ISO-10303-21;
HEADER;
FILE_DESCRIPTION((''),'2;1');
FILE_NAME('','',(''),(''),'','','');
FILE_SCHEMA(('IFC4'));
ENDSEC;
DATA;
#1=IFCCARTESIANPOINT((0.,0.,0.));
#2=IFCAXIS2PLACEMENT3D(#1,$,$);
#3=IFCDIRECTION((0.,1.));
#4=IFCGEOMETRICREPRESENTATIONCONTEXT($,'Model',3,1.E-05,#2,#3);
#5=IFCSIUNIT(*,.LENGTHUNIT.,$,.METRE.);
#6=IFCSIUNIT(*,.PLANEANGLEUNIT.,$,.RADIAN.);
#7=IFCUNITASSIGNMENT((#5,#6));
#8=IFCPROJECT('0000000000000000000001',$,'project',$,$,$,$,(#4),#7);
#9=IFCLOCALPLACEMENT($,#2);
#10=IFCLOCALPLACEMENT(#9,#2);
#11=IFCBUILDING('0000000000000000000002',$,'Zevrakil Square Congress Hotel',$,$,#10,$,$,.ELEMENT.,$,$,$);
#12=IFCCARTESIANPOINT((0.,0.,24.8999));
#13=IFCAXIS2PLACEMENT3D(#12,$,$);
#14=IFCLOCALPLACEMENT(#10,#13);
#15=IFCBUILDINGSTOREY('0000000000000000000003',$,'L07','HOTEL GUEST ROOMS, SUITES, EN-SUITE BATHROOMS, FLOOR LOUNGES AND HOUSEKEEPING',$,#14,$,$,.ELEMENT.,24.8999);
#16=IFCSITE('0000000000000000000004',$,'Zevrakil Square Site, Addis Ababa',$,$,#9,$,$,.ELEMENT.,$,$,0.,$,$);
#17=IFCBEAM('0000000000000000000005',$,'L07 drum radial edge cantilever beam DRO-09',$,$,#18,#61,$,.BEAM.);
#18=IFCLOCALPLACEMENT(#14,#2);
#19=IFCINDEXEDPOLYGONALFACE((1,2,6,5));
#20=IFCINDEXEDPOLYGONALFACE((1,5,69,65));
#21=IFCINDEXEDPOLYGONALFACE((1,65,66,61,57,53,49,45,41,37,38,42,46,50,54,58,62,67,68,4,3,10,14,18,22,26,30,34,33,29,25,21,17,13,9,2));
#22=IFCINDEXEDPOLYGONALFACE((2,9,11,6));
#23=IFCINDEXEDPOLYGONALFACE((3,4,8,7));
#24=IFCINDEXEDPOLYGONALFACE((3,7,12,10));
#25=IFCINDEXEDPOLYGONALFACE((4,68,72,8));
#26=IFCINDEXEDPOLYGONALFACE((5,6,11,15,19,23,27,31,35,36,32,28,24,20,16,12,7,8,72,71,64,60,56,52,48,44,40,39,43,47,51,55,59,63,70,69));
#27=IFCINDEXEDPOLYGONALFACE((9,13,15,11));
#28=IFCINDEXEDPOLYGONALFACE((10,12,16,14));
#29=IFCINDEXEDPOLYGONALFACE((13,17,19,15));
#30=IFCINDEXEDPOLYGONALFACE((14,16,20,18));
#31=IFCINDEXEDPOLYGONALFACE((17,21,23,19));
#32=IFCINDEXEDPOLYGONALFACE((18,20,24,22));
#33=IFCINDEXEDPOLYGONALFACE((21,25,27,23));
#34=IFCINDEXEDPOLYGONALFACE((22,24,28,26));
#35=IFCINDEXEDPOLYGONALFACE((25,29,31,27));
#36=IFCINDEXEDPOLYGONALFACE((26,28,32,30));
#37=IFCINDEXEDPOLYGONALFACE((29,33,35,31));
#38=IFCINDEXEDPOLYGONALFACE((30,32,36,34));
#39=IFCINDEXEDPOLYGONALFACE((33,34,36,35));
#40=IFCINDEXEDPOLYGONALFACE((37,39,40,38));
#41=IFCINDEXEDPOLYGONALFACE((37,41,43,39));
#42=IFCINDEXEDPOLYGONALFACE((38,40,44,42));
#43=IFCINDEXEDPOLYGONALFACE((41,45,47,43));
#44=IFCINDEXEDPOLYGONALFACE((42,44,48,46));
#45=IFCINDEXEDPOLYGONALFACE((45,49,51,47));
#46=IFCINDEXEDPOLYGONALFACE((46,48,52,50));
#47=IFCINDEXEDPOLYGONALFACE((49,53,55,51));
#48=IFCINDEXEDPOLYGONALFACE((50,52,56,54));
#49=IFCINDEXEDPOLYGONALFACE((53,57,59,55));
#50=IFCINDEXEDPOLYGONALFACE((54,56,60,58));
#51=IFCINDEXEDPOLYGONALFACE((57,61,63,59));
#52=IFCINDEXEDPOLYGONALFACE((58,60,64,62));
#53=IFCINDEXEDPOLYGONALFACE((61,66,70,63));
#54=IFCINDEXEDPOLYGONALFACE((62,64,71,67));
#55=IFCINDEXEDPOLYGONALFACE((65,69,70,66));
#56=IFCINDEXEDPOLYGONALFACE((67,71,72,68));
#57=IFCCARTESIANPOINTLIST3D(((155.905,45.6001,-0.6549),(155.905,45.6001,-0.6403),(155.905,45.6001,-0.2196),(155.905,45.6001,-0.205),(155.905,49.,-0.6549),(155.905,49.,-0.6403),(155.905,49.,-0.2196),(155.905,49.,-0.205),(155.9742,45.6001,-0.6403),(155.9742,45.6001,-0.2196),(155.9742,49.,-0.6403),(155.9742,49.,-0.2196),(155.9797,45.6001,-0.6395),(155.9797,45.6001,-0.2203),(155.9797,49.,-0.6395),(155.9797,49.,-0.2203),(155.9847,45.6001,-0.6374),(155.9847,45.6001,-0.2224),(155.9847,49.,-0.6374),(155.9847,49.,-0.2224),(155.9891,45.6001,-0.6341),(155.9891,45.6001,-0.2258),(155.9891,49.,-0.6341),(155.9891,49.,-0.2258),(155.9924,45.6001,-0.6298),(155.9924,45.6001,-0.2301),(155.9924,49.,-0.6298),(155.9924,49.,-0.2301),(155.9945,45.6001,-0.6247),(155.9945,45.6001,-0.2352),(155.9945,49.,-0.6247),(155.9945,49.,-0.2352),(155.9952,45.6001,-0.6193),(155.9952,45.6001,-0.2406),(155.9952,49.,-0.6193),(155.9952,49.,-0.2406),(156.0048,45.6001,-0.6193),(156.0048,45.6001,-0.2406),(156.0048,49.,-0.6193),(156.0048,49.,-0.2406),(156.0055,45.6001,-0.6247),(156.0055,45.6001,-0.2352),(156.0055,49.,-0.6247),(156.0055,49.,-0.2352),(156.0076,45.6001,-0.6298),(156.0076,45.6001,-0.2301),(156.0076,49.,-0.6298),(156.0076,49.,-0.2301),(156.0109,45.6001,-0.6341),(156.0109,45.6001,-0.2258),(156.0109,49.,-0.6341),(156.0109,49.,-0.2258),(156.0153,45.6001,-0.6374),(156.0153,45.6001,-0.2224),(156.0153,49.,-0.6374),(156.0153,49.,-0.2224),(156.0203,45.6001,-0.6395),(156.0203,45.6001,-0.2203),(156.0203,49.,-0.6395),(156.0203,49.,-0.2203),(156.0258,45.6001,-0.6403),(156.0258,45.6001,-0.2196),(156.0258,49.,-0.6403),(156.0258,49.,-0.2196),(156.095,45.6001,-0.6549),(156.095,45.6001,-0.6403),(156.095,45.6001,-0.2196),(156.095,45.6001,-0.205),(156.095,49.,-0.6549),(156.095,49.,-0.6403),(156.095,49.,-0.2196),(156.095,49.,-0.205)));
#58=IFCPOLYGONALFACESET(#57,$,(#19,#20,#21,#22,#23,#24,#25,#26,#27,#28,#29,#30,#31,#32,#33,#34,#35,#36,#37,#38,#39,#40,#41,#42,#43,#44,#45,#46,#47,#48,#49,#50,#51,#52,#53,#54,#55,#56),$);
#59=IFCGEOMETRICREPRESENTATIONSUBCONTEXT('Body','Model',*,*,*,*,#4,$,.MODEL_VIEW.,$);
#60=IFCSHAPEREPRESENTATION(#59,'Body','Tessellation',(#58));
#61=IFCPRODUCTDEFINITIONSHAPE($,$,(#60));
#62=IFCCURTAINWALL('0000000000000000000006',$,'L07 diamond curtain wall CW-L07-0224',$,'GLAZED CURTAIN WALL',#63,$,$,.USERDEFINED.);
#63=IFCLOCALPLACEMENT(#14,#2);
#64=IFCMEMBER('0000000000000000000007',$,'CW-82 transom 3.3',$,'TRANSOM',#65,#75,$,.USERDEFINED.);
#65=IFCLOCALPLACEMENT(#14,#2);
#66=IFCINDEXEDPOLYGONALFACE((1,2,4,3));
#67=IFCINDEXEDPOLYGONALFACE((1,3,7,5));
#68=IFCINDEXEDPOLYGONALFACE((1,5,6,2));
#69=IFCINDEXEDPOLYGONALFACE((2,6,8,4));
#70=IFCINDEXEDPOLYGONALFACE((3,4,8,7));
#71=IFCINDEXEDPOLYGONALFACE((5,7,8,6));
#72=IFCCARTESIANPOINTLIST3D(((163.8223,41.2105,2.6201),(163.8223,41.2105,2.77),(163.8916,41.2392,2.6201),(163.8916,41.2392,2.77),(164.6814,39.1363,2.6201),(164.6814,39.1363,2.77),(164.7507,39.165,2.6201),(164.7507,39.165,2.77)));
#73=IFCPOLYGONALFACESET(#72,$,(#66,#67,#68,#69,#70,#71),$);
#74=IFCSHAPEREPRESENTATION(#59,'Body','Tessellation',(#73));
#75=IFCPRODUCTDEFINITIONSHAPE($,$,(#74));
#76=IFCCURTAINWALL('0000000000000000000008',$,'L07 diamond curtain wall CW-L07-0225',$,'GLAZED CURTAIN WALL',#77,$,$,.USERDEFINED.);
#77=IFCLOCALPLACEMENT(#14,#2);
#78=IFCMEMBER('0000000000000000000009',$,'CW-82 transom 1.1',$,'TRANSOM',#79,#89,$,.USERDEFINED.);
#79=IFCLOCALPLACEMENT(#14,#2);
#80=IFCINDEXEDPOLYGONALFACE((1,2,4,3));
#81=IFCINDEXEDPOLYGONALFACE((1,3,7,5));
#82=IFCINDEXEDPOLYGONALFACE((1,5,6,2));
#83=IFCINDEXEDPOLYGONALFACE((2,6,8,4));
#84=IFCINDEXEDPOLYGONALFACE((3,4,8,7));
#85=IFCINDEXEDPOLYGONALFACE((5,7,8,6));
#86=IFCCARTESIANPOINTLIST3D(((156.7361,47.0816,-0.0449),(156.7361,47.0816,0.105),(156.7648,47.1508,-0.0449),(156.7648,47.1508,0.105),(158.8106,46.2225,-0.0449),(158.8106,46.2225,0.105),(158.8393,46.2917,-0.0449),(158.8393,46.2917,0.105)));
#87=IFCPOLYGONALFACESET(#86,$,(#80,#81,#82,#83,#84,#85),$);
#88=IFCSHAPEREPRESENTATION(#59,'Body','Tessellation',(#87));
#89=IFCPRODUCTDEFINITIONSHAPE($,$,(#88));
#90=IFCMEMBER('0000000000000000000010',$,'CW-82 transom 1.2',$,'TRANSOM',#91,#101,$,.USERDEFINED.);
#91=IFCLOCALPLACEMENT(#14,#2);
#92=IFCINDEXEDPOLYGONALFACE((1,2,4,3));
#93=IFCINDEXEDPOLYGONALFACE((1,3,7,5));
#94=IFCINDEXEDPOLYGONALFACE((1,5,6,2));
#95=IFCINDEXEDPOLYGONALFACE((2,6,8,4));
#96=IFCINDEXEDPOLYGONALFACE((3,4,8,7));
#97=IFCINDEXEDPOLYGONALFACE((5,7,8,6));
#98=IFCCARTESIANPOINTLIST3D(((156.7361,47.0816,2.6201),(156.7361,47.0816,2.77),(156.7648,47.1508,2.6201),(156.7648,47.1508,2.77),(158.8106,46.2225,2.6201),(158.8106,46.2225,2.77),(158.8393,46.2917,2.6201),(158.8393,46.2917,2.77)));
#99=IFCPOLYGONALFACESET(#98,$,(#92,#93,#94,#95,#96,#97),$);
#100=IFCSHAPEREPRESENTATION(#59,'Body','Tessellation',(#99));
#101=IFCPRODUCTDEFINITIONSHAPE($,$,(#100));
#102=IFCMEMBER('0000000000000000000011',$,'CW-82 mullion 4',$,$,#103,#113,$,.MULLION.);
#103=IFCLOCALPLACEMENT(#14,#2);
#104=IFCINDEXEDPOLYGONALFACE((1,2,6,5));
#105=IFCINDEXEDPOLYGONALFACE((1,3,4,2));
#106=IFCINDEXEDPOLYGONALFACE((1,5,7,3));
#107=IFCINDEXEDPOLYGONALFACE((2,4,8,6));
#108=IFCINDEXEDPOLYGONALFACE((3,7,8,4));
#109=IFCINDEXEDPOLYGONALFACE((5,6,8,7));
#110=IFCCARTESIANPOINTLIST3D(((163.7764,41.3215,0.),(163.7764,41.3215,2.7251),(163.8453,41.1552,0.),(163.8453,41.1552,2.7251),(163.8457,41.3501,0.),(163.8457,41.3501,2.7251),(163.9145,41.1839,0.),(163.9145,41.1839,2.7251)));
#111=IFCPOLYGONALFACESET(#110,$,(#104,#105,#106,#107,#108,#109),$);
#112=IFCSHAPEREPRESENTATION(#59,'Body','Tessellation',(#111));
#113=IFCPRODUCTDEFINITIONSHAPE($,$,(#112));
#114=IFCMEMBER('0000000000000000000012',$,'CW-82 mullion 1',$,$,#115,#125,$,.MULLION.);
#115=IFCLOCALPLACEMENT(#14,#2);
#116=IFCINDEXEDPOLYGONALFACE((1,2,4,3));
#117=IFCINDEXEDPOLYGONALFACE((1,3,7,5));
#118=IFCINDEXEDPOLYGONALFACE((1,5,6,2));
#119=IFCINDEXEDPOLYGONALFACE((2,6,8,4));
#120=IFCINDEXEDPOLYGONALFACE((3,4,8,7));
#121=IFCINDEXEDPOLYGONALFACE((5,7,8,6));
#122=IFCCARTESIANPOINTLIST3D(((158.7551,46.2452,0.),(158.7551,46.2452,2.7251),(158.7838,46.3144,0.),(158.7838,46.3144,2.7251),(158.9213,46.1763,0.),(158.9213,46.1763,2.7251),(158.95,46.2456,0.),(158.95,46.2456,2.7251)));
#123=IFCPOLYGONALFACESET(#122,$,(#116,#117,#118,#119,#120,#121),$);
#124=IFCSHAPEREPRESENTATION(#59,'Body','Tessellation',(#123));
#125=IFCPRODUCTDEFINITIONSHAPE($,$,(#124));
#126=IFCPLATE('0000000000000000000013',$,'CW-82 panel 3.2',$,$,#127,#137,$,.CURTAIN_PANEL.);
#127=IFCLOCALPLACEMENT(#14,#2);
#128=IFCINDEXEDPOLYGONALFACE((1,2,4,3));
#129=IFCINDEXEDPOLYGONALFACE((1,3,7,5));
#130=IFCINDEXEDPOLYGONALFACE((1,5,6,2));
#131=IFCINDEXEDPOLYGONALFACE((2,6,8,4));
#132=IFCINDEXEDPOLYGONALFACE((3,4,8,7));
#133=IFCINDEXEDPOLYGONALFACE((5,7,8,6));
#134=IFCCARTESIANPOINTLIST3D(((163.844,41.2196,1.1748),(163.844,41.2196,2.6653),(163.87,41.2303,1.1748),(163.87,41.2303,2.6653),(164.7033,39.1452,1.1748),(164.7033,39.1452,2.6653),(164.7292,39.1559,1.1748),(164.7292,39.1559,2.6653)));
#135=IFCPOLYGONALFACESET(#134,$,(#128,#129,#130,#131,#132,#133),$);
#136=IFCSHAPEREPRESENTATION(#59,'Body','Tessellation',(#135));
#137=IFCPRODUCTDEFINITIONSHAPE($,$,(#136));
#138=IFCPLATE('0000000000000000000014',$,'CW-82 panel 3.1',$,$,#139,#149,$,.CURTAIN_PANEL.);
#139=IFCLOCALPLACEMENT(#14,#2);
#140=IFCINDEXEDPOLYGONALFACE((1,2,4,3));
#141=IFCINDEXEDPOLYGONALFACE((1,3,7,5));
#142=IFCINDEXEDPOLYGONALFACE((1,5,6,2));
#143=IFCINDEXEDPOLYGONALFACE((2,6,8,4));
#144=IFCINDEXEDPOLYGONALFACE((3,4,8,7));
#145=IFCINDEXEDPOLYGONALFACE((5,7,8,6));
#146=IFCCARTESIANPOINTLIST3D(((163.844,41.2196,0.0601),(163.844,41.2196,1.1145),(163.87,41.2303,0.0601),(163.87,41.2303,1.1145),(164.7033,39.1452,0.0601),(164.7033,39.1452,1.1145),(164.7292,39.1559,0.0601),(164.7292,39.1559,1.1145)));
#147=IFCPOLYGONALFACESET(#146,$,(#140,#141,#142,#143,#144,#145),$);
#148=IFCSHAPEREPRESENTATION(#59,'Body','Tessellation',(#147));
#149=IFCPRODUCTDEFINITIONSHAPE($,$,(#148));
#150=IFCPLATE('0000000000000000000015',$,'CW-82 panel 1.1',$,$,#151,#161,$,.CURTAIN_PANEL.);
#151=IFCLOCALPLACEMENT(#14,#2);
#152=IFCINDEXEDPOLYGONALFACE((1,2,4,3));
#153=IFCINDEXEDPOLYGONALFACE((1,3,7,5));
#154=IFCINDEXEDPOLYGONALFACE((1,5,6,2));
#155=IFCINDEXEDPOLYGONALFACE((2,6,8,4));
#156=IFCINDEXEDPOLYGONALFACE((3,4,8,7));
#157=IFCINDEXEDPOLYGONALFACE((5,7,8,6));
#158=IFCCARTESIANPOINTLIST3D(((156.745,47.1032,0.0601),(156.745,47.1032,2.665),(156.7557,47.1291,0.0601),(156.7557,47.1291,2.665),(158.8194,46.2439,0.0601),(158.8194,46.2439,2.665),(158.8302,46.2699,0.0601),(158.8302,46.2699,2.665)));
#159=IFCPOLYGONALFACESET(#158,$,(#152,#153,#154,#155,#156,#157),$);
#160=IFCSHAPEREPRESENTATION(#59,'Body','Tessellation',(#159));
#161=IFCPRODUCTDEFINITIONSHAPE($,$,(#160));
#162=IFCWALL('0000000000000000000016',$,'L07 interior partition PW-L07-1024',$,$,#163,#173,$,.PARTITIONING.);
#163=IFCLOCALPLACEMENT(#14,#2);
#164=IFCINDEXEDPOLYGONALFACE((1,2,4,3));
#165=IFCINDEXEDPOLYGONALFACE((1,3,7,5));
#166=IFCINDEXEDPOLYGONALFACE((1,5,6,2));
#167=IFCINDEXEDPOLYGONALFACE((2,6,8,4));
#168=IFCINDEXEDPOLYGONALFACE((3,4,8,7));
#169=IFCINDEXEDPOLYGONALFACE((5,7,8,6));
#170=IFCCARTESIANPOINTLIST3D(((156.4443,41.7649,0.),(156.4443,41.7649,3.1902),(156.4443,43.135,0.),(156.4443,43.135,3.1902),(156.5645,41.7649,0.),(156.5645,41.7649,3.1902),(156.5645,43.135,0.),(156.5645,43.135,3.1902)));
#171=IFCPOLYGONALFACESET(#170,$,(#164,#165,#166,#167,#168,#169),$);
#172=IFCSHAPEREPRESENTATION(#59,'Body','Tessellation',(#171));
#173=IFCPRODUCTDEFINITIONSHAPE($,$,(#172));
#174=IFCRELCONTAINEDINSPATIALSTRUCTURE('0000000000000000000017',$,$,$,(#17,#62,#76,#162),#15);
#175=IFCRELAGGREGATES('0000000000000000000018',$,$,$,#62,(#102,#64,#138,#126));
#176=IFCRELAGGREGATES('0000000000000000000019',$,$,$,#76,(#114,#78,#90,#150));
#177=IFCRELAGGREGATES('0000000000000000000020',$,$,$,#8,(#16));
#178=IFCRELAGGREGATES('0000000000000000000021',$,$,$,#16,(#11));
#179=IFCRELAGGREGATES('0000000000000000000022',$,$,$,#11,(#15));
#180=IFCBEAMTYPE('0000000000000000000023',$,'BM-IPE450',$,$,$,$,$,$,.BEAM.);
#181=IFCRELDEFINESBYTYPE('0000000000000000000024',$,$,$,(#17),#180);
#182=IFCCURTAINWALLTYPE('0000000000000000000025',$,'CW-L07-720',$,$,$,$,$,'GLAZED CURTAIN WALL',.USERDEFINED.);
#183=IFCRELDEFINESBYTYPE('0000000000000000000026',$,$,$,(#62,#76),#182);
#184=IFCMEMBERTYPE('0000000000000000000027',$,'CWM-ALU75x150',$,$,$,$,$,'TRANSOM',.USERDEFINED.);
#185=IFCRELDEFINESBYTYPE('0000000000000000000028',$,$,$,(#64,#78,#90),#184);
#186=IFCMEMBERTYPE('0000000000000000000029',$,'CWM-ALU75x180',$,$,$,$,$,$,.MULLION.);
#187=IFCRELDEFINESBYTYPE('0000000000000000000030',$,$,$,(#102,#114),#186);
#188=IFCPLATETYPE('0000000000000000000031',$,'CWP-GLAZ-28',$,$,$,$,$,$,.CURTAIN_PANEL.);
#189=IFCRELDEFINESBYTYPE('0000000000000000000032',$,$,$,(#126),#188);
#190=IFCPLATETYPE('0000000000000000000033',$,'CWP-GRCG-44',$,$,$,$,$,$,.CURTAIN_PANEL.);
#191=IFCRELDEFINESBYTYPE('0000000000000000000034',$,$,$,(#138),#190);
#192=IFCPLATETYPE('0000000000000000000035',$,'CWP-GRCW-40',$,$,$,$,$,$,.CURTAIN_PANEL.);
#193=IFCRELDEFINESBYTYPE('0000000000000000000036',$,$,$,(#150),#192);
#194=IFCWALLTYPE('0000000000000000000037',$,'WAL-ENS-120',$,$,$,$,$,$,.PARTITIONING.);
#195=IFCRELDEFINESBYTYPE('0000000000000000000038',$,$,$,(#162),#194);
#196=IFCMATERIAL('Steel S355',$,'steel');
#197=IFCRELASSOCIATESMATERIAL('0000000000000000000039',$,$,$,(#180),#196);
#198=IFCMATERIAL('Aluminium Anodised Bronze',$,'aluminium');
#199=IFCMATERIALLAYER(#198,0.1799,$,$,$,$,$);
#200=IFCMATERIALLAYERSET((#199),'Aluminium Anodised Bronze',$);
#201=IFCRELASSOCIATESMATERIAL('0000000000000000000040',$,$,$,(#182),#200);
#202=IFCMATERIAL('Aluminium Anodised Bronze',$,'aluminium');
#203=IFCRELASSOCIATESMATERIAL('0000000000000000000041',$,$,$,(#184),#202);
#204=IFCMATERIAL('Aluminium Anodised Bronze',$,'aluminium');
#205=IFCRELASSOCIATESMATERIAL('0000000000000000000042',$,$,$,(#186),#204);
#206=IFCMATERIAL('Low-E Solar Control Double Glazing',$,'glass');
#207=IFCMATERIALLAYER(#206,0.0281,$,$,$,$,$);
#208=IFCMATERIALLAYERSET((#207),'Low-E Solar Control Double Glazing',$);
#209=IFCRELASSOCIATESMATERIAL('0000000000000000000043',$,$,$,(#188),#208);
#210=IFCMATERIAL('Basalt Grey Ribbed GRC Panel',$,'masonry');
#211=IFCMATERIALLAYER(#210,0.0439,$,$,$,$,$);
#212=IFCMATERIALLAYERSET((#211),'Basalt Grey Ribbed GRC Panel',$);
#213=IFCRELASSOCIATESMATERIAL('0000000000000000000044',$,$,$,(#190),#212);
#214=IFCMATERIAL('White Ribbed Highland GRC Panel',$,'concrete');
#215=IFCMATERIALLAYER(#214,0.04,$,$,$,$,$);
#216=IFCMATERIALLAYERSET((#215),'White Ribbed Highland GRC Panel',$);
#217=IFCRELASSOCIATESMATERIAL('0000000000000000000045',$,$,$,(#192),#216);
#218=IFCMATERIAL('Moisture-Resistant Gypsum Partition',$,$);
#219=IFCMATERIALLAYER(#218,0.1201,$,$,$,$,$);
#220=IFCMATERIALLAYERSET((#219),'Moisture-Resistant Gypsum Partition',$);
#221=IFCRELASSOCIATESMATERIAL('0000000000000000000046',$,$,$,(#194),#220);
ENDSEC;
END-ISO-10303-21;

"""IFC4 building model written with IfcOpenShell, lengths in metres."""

from ifc_helpers import new_model, si_unit, direction, frame, frame_2d, origin, origin_2d, place, context, subcontext, project, spatial, rectangle, i_section, extrude, material, layer, layer_set, material_profile, profile_set, type_object, element, aggregate, save


model = new_model("IFC4")

# Units and contexts
model_context = context("Model", 3, precision=1e-05, world=origin(), true_north=direction((0.0, 1.0)))
body_context = subcontext(model_context, "Body", "Model", "MODEL_VIEW")
ifc_project = project(units=[si_unit("LENGTHUNIT", "METRE"), si_unit("PLANEANGLEUNIT", "RADIAN")], contexts=[model_context])

# Site, building, storey
site_placement = place(None, origin())
site = spatial("IfcSite", under=ifc_project, at=site_placement, Name="Zevrakil Square Site, Addis Ababa", CompositionType="ELEMENT", RefElevation=0.0)
building_placement = place(site_placement, origin())
building = spatial("IfcBuilding", under=site, at=building_placement, Name="Zevrakil Square Congress Hotel", CompositionType="ELEMENT")
storey_placement = place(building_placement, frame((0.0, 0.0, 24.8999)))
storey = spatial("IfcBuildingStorey", under=building, at=storey_placement, Name="L07", Description="HOTEL GUEST ROOMS, SUITES, EN-SUITE BATHROOMS, FLOOR LOUNGES AND HOUSEKEEPING", CompositionType="ELEMENT", Elevation=24.8999)

# Beam
ifc_material_1 = material(Name="Steel S355", Category="steel")
ifc_material_profile_1 = material_profile(ifc_material_1, i_section(OverallWidth=0.1899, OverallDepth=0.45, WebThickness=0.0095, FlangeThickness=0.0146, FilletRadius=0.021, at=origin_2d()), Name="IPE 450")
ifc_profile_set_1 = profile_set([ifc_material_profile_1], Name="Steel S355")
beam_type = type_object("IfcBeamType", Name="BM-IPE450", PredefinedType="BEAM", material=ifc_profile_set_1)
beam_placement = place(storey_placement, frame((156.0, 45.6001, -0.4299), z_axis=(0.0, 1.0, 0.0), x_axis=(-1.0, 0.0, 0.0)))
element("IfcBeam", 1, at=beam_placement, inside=storey, type_object=beam_type, Name="L07 drum radial edge cantilever beam DRO-09", PredefinedType="BEAM", context=body_context, shape_type="SweptSolid", body=[
    extrude(i_section(OverallWidth=0.1899, OverallDepth=0.45, WebThickness=0.0095, FlangeThickness=0.0146, FilletRadius=0.021, at=origin_2d()), origin(), (0.0, 0.0, 1.0), 3.3999),
])

# Curtain wall, member
ifc_material_2 = material(Name="Aluminium Anodised Bronze", Category="aluminium")
ifc_layer_1 = layer(ifc_material_2, 0.1799)
ifc_layer_set_1 = layer_set([ifc_layer_1], Name="Aluminium Anodised Bronze")
curtain_wall_type = type_object("IfcCurtainWallType", Name="CW-L07-720", ElementType="GLAZED CURTAIN WALL", PredefinedType="USERDEFINED", material=ifc_layer_set_1)
curtain_wall_1_placement = place(storey_placement, origin())
curtain_wall_1 = element("IfcCurtainWall", 2, at=curtain_wall_1_placement, inside=storey, type_object=curtain_wall_type, Name="L07 diamond curtain wall CW-L07-0224", ObjectType="GLAZED CURTAIN WALL", PredefinedType="USERDEFINED")
ifc_material_3 = material(Name="Aluminium Anodised Bronze", Category="aluminium")
ifc_material_profile_2 = material_profile(ifc_material_3, rectangle(XDim=0.075, YDim=0.1499, at=origin_2d()), Name="ALU 75x150")
ifc_profile_set_2 = profile_set([ifc_material_profile_2], Name="Aluminium Anodised Bronze")
member_type_1 = type_object("IfcMemberType", Name="CWM-ALU75x150", ElementType="TRANSOM", PredefinedType="USERDEFINED", material=ifc_profile_set_2)
member_1_placement = place(storey_placement, frame((164.7161, 39.1506, 2.6951), z_axis=(-0.382669, 0.923886, 0.0), x_axis=(-0.923886, -0.382669, 0.0)))
member_1 = element("IfcMember", 3, at=member_1_placement, type_object=member_type_1, Name="CW-82 transom 3.3", ObjectType="TRANSOM", PredefinedType="USERDEFINED", context=body_context, shape_type="SweptSolid", body=[
    extrude(rectangle(XDim=0.075, YDim=0.1499, at=origin_2d()), origin(), (0.0, 0.0, 1.0), 2.2451),
])

# Curtain wall, members
curtain_wall_2_placement = place(storey_placement, origin())
curtain_wall_2 = element("IfcCurtainWall", 4, at=curtain_wall_2_placement, inside=storey, type_object=curtain_wall_type, Name="L07 diamond curtain wall CW-L07-0225", ObjectType="GLAZED CURTAIN WALL", PredefinedType="USERDEFINED")
member_2_placement = place(storey_placement, frame((158.825, 46.2571, 0.03), z_axis=(-0.923902, 0.38263, 0.0), x_axis=(-0.38263, -0.923902, 0.0)))
member_2 = element("IfcMember", 5, at=member_2_placement, type_object=member_type_1, Name="CW-82 transom 1.1", ObjectType="TRANSOM", PredefinedType="USERDEFINED", context=body_context, shape_type="SweptSolid", body=[
    extrude(rectangle(XDim=0.075, YDim=0.1499, at=origin_2d()), origin(), (0.0, 0.0, 1.0), 2.2454),
])
member_3_placement = place(storey_placement, frame((158.825, 46.2571, 2.6951), z_axis=(-0.923902, 0.38263, 0.0), x_axis=(-0.38263, -0.923902, 0.0)))
member_3 = element("IfcMember", 6, at=member_3_placement, type_object=member_type_1, Name="CW-82 transom 1.2", ObjectType="TRANSOM", PredefinedType="USERDEFINED", context=body_context, shape_type="SweptSolid", body=[
    extrude(rectangle(XDim=0.075, YDim=0.1499, at=origin_2d()), origin(), (0.0, 0.0, 1.0), 2.2454),
])

# Members
ifc_material_4 = material(Name="Aluminium Anodised Bronze", Category="aluminium")
ifc_material_profile_3 = material_profile(ifc_material_4, rectangle(XDim=0.075, YDim=0.1799, at=origin_2d()), Name="ALU 75x180")
ifc_profile_set_3 = profile_set([ifc_material_profile_3], Name="Aluminium Anodised Bronze")
member_type_2 = type_object("IfcMemberType", Name="CWM-ALU75x180", PredefinedType="MULLION", material=ifc_profile_set_3)
member_4_placement = place(storey_placement, frame((163.8455, 41.2527, 0.0), z_axis=(0.0, 0.0, 1.0), x_axis=(-0.923879, -0.382684, 0.0)))
member_4 = element("IfcMember", 7, at=member_4_placement, type_object=member_type_2, Name="CW-82 mullion 4", PredefinedType="MULLION", context=body_context, shape_type="SweptSolid", body=[
    extrude(rectangle(XDim=0.075, YDim=0.1799, at=origin_2d()), origin(), (0.0, 0.0, 1.0), 2.7251),
])
member_5_placement = place(storey_placement, frame((158.8525, 46.2454, 0.0), z_axis=(0.0, 0.0, 1.0), x_axis=(-0.382684, -0.923879, 0.0)))
member_5 = element("IfcMember", 8, at=member_5_placement, type_object=member_type_2, Name="CW-82 mullion 1", PredefinedType="MULLION", context=body_context, shape_type="SweptSolid", body=[
    extrude(rectangle(XDim=0.075, YDim=0.1799, at=origin_2d()), origin(), (0.0, 0.0, 1.0), 2.7251),
])

# Plates
ifc_material_5 = material(Name="Low-E Solar Control Double Glazing", Category="glass")
ifc_layer_2 = layer(ifc_material_5, 0.0281)
ifc_layer_set_2 = layer_set([ifc_layer_2], Name="Low-E Solar Control Double Glazing")
plate_type_1 = type_object("IfcPlateType", Name="CWP-GLAZ-28", PredefinedType="CURTAIN_PANEL", material=ifc_layer_set_2)
plate_1_placement = place(storey_placement, frame((164.2866, 40.1877, 1.1748), z_axis=(0.0, 0.0, 1.0), x_axis=(-0.382684, 0.923879, 0.0)))
plate_1 = element("IfcPlate", 9, at=plate_1_placement, type_object=plate_type_1, Name="CW-82 panel 3.2", PredefinedType="CURTAIN_PANEL", context=body_context, shape_type="SweptSolid", body=[
    extrude(rectangle(XDim=2.2454, YDim=0.0281, at=origin_2d()), origin(), (0.0, 0.0, 1.0), 1.4905),
])
ifc_material_6 = material(Name="Basalt Grey Ribbed GRC Panel", Category="masonry")
ifc_layer_3 = layer(ifc_material_6, 0.0439)
ifc_layer_set_3 = layer_set([ifc_layer_3], Name="Basalt Grey Ribbed GRC Panel")
plate_type_2 = type_object("IfcPlateType", Name="CWP-GRCG-44", PredefinedType="CURTAIN_PANEL", material=ifc_layer_set_3)
plate_2_placement = place(storey_placement, frame((164.2866, 40.1877, 0.0601), z_axis=(0.0, 0.0, 1.0), x_axis=(-0.382684, 0.923879, 0.0)))
plate_2 = element("IfcPlate", 10, at=plate_2_placement, type_object=plate_type_2, Name="CW-82 panel 3.1", PredefinedType="CURTAIN_PANEL", context=body_context, shape_type="SweptSolid", body=[
    extrude(rectangle(XDim=2.2454, YDim=0.0281, at=origin_2d()), origin(), (0.0, 0.0, 1.0), 1.0544),
])
aggregate(curtain_wall_1, [member_4, member_1, plate_2, plate_1])
ifc_material_7 = material(Name="White Ribbed Highland GRC Panel", Category="concrete")
ifc_layer_4 = layer(ifc_material_7, 0.04)
ifc_layer_set_4 = layer_set([ifc_layer_4], Name="White Ribbed Highland GRC Panel")
plate_type_3 = type_object("IfcPlateType", Name="CWP-GRCW-40", PredefinedType="CURTAIN_PANEL", material=ifc_layer_set_4)
plate_3_placement = place(storey_placement, frame((157.7876, 46.6865, 0.0601), z_axis=(0.0, 0.0, 1.0), x_axis=(-0.923879, 0.382684, 0.0)))
plate_3 = element("IfcPlate", 11, at=plate_3_placement, type_object=plate_type_3, Name="CW-82 panel 1.1", PredefinedType="CURTAIN_PANEL", context=body_context, shape_type="SweptSolid", body=[
    extrude(rectangle(XDim=2.2454, YDim=0.0281, at=origin_2d()), origin(), (0.0, 0.0, 1.0), 2.605),
])
aggregate(curtain_wall_2, [member_5, member_2, member_3, plate_3])

# Wall
ifc_material_8 = material(Name="Moisture-Resistant Gypsum Partition")
ifc_layer_5 = layer(ifc_material_8, 0.1201)
ifc_layer_set_5 = layer_set([ifc_layer_5], Name="Moisture-Resistant Gypsum Partition")
wall_type_1 = type_object("IfcWallType", Name="WAL-ENS-120", PredefinedType="PARTITIONING", material=ifc_layer_set_5)
wall_1_placement = place(storey_placement, frame((156.5044, 41.7649, 0.0), z_axis=(0.0, 0.0, 1.0), x_axis=(0.0, 1.0, 0.0)))
element("IfcWall", 12, at=wall_1_placement, inside=storey, type_object=wall_type_1, Name="L07 interior partition PW-L07-1024", PredefinedType="PARTITIONING", context=body_context, shape_type="SweptSolid", body=[
    extrude(rectangle(XDim=1.3701, YDim=0.1201, at=frame_2d((0.6851, 0.0))), origin(), (0.0, 0.0, 1.0), 3.1902),
])

save(model, "model.ifc")
